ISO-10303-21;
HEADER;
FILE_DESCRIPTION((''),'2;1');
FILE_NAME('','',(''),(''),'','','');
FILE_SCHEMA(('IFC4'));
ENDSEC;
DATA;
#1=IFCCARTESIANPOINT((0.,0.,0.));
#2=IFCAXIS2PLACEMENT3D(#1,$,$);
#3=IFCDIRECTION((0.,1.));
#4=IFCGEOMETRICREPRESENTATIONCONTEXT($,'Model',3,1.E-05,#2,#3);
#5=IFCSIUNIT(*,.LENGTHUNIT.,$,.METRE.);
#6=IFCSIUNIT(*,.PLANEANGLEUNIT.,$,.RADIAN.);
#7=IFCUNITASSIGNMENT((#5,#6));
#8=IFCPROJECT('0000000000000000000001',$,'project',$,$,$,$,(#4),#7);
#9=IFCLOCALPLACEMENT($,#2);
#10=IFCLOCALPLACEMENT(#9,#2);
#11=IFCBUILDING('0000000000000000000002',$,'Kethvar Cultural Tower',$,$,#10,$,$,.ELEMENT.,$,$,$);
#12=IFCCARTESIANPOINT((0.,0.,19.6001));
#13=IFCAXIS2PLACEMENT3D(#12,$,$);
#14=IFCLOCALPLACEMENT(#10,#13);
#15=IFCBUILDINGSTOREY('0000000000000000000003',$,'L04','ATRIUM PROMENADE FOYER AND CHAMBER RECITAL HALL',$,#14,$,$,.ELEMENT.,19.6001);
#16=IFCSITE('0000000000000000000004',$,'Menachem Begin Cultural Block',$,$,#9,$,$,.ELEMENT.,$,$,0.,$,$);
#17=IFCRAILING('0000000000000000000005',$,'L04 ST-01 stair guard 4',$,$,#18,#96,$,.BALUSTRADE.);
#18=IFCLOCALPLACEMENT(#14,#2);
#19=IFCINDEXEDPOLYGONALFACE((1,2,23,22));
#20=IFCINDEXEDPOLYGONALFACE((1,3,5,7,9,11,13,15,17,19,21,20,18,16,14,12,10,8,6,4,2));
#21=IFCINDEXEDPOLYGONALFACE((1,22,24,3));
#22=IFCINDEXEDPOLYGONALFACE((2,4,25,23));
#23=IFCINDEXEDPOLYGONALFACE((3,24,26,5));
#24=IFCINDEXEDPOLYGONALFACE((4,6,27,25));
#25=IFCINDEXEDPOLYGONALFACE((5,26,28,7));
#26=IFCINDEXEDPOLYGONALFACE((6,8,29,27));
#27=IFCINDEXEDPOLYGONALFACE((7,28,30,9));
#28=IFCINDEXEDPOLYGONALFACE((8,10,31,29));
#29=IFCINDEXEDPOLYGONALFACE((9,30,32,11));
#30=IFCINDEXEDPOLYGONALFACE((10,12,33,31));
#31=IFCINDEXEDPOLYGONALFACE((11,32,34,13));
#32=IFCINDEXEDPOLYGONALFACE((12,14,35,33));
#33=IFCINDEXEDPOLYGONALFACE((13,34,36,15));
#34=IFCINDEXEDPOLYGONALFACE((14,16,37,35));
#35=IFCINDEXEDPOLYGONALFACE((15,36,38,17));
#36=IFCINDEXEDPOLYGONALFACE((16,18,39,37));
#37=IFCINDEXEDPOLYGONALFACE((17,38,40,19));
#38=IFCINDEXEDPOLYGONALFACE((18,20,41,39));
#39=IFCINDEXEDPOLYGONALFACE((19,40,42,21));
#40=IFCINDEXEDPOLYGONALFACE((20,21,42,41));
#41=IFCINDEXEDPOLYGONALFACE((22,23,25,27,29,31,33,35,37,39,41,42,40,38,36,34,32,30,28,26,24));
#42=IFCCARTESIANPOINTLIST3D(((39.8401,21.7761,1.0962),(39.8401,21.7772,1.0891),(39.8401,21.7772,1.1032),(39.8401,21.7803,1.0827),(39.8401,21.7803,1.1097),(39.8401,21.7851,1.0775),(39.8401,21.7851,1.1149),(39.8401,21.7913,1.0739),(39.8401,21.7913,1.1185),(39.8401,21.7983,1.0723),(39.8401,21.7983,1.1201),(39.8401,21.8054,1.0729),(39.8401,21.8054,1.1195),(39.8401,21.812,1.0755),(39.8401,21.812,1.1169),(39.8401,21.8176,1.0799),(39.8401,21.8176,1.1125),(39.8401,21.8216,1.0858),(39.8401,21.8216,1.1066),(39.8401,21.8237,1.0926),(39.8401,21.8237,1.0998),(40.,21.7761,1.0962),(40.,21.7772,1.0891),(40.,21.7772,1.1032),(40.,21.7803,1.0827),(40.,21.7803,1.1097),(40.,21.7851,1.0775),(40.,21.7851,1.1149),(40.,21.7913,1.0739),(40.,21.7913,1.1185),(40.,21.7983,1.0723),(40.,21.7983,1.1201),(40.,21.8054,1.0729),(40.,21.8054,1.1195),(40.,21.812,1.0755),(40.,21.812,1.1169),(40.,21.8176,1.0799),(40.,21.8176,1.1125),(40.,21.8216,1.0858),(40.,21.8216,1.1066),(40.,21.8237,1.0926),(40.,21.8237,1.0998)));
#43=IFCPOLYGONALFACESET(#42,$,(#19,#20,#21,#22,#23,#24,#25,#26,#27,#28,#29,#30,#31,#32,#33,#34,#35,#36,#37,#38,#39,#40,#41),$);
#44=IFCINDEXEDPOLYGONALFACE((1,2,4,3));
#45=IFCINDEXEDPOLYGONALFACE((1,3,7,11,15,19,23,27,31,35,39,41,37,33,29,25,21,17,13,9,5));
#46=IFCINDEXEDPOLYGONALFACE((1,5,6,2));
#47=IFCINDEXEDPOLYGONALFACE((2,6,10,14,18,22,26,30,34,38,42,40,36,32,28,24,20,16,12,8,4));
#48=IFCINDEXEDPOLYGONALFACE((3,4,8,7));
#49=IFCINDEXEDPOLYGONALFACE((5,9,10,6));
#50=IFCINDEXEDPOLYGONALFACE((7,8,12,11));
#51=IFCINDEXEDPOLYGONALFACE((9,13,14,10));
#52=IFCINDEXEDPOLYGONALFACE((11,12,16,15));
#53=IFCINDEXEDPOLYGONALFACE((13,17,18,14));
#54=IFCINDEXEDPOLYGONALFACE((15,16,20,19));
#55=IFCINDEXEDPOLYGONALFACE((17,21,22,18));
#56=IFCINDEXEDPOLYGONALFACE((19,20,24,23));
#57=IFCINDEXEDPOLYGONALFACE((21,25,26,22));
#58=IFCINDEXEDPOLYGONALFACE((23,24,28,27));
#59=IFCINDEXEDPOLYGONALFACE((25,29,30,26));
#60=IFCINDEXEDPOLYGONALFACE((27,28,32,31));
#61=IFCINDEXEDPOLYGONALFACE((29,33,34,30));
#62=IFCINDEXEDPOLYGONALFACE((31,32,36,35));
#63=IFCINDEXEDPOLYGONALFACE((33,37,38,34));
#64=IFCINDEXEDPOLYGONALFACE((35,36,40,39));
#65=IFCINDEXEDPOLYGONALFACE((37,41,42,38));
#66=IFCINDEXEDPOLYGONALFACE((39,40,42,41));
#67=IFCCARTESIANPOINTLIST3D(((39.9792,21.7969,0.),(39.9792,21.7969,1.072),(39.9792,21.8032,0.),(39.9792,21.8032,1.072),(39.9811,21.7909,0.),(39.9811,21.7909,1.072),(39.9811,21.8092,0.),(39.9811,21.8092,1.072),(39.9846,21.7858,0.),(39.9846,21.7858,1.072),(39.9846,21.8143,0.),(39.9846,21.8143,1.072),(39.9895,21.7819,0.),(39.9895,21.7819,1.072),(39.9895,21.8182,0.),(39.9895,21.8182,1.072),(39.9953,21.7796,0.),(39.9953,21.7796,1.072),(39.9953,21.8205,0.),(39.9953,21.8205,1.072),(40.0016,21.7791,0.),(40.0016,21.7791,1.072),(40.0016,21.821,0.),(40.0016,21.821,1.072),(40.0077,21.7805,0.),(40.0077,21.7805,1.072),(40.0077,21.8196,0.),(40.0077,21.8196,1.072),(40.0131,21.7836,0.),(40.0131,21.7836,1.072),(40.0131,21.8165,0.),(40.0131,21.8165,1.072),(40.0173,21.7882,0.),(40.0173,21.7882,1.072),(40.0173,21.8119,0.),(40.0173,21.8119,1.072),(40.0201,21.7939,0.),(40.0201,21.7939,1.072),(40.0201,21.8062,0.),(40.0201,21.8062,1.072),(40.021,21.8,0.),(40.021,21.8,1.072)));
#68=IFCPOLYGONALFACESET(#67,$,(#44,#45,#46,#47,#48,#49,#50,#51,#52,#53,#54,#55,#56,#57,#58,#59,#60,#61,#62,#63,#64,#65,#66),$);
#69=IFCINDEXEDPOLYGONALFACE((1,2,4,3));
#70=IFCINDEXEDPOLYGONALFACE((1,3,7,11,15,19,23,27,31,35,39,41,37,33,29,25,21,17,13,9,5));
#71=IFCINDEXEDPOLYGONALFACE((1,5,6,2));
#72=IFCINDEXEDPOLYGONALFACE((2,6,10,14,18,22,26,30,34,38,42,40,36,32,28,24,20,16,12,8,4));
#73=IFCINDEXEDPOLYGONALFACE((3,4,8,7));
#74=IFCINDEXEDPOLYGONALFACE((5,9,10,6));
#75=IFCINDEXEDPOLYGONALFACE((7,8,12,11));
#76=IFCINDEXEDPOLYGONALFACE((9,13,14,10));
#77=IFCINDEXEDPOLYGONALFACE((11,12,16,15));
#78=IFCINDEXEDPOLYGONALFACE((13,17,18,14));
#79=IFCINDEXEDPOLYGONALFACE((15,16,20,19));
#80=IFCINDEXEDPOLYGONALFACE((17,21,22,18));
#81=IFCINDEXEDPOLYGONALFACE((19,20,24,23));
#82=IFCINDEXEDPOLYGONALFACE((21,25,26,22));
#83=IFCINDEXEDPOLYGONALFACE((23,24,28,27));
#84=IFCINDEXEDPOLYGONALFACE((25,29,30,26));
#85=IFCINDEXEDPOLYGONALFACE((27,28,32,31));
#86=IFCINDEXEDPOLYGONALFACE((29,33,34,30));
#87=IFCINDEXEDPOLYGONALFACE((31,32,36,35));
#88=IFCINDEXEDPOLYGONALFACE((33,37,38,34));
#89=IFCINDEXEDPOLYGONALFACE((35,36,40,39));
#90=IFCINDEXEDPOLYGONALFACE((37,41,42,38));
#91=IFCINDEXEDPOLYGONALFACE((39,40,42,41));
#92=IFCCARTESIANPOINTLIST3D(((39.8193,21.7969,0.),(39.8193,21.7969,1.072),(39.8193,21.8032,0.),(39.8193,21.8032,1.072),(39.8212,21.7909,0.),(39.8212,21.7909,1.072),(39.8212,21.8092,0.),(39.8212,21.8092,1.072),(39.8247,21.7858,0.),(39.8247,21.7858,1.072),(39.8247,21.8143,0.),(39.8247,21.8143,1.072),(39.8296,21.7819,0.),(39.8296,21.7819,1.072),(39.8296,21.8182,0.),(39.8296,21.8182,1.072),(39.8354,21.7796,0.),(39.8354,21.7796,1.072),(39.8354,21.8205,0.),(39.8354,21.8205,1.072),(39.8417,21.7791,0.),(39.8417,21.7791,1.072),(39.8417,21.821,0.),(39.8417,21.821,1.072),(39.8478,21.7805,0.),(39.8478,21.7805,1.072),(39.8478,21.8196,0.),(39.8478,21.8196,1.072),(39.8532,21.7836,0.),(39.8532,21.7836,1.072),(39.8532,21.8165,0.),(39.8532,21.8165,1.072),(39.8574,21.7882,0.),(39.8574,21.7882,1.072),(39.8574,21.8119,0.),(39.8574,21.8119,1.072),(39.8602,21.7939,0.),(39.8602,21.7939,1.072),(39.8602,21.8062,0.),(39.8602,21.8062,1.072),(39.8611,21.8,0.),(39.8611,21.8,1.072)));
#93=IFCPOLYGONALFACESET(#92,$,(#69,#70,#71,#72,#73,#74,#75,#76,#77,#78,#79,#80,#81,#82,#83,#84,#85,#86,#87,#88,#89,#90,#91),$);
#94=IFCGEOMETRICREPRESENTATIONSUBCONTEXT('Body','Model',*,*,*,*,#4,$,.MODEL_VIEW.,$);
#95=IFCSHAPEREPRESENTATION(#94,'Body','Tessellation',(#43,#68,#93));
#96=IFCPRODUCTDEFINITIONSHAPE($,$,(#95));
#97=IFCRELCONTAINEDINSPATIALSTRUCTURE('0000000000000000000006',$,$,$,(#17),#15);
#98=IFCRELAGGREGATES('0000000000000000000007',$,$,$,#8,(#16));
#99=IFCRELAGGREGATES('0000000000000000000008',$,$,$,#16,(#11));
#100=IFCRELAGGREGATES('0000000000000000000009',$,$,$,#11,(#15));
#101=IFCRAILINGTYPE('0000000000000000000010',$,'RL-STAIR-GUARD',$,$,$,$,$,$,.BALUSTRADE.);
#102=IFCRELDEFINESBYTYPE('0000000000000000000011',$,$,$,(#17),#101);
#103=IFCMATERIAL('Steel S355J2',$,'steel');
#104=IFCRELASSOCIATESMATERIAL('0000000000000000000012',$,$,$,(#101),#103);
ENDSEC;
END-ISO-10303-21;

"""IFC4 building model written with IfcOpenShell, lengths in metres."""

from ifc_helpers import new_model, si_unit, direction, frame, origin, origin_2d, place, context, subcontext, project, spatial, circle, extrude, material, type_object, element, save


model = new_model("IFC4")

# Units and contexts
model_context = context("Model", 3, precision=1e-05, world=origin(), true_north=direction((0.0, 1.0)))
body_context = subcontext(model_context, "Body", "Model", "MODEL_VIEW")
ifc_project = project(units=[si_unit("LENGTHUNIT", "METRE"), si_unit("PLANEANGLEUNIT", "RADIAN")], contexts=[model_context])

# Site, building, storey
site_placement = place(None, origin())
site = spatial("IfcSite", under=ifc_project, at=site_placement, Name="Menachem Begin Cultural Block", CompositionType="ELEMENT", RefElevation=0.0)
building_placement = place(site_placement, origin())
building = spatial("IfcBuilding", under=site, at=building_placement, Name="Kethvar Cultural Tower", CompositionType="ELEMENT")
storey_placement = place(building_placement, frame((0.0, 0.0, 19.6001)))
storey = spatial("IfcBuildingStorey", under=building, at=storey_placement, Name="L04", Description="ATRIUM PROMENADE FOYER AND CHAMBER RECITAL HALL", CompositionType="ELEMENT", Elevation=19.6001)

# Shared definitions
ifc_material_1 = material(Name="Steel S355J2", Category="steel")

# Railing
railing_type_1 = type_object("IfcRailingType", Name="RL-STAIR-GUARD", PredefinedType="BALUSTRADE", material=ifc_material_1)
railing_1_placement = place(storey_placement, frame((40.0, 21.8, 0.0)))
element("IfcRailing", 1, at=railing_1_placement, inside=storey, type_object=railing_type_1, Name="L04 ST-01 stair guard 4", PredefinedType="BALUSTRADE", context=body_context, shape_type="SweptSolid", body=[
    extrude(circle(Radius=0.0239, at=origin_2d()), frame((0.0, 0.0, 1.0962), z_axis=(-1.0, 0.0, 0.0), x_axis=(0.0, -1.0, 0.0)), (0.0, 0.0, 1.0), 0.1599),
    extrude(circle(Radius=0.021, at=origin_2d()), origin(), (0.0, 0.0, 1.0), 1.072),
    extrude(circle(Radius=0.021, at=origin_2d()), frame((-0.1599, 0.0, 0.0)), (0.0, 0.0, 1.0), 1.072),
])

save(model, "model.ifc")
